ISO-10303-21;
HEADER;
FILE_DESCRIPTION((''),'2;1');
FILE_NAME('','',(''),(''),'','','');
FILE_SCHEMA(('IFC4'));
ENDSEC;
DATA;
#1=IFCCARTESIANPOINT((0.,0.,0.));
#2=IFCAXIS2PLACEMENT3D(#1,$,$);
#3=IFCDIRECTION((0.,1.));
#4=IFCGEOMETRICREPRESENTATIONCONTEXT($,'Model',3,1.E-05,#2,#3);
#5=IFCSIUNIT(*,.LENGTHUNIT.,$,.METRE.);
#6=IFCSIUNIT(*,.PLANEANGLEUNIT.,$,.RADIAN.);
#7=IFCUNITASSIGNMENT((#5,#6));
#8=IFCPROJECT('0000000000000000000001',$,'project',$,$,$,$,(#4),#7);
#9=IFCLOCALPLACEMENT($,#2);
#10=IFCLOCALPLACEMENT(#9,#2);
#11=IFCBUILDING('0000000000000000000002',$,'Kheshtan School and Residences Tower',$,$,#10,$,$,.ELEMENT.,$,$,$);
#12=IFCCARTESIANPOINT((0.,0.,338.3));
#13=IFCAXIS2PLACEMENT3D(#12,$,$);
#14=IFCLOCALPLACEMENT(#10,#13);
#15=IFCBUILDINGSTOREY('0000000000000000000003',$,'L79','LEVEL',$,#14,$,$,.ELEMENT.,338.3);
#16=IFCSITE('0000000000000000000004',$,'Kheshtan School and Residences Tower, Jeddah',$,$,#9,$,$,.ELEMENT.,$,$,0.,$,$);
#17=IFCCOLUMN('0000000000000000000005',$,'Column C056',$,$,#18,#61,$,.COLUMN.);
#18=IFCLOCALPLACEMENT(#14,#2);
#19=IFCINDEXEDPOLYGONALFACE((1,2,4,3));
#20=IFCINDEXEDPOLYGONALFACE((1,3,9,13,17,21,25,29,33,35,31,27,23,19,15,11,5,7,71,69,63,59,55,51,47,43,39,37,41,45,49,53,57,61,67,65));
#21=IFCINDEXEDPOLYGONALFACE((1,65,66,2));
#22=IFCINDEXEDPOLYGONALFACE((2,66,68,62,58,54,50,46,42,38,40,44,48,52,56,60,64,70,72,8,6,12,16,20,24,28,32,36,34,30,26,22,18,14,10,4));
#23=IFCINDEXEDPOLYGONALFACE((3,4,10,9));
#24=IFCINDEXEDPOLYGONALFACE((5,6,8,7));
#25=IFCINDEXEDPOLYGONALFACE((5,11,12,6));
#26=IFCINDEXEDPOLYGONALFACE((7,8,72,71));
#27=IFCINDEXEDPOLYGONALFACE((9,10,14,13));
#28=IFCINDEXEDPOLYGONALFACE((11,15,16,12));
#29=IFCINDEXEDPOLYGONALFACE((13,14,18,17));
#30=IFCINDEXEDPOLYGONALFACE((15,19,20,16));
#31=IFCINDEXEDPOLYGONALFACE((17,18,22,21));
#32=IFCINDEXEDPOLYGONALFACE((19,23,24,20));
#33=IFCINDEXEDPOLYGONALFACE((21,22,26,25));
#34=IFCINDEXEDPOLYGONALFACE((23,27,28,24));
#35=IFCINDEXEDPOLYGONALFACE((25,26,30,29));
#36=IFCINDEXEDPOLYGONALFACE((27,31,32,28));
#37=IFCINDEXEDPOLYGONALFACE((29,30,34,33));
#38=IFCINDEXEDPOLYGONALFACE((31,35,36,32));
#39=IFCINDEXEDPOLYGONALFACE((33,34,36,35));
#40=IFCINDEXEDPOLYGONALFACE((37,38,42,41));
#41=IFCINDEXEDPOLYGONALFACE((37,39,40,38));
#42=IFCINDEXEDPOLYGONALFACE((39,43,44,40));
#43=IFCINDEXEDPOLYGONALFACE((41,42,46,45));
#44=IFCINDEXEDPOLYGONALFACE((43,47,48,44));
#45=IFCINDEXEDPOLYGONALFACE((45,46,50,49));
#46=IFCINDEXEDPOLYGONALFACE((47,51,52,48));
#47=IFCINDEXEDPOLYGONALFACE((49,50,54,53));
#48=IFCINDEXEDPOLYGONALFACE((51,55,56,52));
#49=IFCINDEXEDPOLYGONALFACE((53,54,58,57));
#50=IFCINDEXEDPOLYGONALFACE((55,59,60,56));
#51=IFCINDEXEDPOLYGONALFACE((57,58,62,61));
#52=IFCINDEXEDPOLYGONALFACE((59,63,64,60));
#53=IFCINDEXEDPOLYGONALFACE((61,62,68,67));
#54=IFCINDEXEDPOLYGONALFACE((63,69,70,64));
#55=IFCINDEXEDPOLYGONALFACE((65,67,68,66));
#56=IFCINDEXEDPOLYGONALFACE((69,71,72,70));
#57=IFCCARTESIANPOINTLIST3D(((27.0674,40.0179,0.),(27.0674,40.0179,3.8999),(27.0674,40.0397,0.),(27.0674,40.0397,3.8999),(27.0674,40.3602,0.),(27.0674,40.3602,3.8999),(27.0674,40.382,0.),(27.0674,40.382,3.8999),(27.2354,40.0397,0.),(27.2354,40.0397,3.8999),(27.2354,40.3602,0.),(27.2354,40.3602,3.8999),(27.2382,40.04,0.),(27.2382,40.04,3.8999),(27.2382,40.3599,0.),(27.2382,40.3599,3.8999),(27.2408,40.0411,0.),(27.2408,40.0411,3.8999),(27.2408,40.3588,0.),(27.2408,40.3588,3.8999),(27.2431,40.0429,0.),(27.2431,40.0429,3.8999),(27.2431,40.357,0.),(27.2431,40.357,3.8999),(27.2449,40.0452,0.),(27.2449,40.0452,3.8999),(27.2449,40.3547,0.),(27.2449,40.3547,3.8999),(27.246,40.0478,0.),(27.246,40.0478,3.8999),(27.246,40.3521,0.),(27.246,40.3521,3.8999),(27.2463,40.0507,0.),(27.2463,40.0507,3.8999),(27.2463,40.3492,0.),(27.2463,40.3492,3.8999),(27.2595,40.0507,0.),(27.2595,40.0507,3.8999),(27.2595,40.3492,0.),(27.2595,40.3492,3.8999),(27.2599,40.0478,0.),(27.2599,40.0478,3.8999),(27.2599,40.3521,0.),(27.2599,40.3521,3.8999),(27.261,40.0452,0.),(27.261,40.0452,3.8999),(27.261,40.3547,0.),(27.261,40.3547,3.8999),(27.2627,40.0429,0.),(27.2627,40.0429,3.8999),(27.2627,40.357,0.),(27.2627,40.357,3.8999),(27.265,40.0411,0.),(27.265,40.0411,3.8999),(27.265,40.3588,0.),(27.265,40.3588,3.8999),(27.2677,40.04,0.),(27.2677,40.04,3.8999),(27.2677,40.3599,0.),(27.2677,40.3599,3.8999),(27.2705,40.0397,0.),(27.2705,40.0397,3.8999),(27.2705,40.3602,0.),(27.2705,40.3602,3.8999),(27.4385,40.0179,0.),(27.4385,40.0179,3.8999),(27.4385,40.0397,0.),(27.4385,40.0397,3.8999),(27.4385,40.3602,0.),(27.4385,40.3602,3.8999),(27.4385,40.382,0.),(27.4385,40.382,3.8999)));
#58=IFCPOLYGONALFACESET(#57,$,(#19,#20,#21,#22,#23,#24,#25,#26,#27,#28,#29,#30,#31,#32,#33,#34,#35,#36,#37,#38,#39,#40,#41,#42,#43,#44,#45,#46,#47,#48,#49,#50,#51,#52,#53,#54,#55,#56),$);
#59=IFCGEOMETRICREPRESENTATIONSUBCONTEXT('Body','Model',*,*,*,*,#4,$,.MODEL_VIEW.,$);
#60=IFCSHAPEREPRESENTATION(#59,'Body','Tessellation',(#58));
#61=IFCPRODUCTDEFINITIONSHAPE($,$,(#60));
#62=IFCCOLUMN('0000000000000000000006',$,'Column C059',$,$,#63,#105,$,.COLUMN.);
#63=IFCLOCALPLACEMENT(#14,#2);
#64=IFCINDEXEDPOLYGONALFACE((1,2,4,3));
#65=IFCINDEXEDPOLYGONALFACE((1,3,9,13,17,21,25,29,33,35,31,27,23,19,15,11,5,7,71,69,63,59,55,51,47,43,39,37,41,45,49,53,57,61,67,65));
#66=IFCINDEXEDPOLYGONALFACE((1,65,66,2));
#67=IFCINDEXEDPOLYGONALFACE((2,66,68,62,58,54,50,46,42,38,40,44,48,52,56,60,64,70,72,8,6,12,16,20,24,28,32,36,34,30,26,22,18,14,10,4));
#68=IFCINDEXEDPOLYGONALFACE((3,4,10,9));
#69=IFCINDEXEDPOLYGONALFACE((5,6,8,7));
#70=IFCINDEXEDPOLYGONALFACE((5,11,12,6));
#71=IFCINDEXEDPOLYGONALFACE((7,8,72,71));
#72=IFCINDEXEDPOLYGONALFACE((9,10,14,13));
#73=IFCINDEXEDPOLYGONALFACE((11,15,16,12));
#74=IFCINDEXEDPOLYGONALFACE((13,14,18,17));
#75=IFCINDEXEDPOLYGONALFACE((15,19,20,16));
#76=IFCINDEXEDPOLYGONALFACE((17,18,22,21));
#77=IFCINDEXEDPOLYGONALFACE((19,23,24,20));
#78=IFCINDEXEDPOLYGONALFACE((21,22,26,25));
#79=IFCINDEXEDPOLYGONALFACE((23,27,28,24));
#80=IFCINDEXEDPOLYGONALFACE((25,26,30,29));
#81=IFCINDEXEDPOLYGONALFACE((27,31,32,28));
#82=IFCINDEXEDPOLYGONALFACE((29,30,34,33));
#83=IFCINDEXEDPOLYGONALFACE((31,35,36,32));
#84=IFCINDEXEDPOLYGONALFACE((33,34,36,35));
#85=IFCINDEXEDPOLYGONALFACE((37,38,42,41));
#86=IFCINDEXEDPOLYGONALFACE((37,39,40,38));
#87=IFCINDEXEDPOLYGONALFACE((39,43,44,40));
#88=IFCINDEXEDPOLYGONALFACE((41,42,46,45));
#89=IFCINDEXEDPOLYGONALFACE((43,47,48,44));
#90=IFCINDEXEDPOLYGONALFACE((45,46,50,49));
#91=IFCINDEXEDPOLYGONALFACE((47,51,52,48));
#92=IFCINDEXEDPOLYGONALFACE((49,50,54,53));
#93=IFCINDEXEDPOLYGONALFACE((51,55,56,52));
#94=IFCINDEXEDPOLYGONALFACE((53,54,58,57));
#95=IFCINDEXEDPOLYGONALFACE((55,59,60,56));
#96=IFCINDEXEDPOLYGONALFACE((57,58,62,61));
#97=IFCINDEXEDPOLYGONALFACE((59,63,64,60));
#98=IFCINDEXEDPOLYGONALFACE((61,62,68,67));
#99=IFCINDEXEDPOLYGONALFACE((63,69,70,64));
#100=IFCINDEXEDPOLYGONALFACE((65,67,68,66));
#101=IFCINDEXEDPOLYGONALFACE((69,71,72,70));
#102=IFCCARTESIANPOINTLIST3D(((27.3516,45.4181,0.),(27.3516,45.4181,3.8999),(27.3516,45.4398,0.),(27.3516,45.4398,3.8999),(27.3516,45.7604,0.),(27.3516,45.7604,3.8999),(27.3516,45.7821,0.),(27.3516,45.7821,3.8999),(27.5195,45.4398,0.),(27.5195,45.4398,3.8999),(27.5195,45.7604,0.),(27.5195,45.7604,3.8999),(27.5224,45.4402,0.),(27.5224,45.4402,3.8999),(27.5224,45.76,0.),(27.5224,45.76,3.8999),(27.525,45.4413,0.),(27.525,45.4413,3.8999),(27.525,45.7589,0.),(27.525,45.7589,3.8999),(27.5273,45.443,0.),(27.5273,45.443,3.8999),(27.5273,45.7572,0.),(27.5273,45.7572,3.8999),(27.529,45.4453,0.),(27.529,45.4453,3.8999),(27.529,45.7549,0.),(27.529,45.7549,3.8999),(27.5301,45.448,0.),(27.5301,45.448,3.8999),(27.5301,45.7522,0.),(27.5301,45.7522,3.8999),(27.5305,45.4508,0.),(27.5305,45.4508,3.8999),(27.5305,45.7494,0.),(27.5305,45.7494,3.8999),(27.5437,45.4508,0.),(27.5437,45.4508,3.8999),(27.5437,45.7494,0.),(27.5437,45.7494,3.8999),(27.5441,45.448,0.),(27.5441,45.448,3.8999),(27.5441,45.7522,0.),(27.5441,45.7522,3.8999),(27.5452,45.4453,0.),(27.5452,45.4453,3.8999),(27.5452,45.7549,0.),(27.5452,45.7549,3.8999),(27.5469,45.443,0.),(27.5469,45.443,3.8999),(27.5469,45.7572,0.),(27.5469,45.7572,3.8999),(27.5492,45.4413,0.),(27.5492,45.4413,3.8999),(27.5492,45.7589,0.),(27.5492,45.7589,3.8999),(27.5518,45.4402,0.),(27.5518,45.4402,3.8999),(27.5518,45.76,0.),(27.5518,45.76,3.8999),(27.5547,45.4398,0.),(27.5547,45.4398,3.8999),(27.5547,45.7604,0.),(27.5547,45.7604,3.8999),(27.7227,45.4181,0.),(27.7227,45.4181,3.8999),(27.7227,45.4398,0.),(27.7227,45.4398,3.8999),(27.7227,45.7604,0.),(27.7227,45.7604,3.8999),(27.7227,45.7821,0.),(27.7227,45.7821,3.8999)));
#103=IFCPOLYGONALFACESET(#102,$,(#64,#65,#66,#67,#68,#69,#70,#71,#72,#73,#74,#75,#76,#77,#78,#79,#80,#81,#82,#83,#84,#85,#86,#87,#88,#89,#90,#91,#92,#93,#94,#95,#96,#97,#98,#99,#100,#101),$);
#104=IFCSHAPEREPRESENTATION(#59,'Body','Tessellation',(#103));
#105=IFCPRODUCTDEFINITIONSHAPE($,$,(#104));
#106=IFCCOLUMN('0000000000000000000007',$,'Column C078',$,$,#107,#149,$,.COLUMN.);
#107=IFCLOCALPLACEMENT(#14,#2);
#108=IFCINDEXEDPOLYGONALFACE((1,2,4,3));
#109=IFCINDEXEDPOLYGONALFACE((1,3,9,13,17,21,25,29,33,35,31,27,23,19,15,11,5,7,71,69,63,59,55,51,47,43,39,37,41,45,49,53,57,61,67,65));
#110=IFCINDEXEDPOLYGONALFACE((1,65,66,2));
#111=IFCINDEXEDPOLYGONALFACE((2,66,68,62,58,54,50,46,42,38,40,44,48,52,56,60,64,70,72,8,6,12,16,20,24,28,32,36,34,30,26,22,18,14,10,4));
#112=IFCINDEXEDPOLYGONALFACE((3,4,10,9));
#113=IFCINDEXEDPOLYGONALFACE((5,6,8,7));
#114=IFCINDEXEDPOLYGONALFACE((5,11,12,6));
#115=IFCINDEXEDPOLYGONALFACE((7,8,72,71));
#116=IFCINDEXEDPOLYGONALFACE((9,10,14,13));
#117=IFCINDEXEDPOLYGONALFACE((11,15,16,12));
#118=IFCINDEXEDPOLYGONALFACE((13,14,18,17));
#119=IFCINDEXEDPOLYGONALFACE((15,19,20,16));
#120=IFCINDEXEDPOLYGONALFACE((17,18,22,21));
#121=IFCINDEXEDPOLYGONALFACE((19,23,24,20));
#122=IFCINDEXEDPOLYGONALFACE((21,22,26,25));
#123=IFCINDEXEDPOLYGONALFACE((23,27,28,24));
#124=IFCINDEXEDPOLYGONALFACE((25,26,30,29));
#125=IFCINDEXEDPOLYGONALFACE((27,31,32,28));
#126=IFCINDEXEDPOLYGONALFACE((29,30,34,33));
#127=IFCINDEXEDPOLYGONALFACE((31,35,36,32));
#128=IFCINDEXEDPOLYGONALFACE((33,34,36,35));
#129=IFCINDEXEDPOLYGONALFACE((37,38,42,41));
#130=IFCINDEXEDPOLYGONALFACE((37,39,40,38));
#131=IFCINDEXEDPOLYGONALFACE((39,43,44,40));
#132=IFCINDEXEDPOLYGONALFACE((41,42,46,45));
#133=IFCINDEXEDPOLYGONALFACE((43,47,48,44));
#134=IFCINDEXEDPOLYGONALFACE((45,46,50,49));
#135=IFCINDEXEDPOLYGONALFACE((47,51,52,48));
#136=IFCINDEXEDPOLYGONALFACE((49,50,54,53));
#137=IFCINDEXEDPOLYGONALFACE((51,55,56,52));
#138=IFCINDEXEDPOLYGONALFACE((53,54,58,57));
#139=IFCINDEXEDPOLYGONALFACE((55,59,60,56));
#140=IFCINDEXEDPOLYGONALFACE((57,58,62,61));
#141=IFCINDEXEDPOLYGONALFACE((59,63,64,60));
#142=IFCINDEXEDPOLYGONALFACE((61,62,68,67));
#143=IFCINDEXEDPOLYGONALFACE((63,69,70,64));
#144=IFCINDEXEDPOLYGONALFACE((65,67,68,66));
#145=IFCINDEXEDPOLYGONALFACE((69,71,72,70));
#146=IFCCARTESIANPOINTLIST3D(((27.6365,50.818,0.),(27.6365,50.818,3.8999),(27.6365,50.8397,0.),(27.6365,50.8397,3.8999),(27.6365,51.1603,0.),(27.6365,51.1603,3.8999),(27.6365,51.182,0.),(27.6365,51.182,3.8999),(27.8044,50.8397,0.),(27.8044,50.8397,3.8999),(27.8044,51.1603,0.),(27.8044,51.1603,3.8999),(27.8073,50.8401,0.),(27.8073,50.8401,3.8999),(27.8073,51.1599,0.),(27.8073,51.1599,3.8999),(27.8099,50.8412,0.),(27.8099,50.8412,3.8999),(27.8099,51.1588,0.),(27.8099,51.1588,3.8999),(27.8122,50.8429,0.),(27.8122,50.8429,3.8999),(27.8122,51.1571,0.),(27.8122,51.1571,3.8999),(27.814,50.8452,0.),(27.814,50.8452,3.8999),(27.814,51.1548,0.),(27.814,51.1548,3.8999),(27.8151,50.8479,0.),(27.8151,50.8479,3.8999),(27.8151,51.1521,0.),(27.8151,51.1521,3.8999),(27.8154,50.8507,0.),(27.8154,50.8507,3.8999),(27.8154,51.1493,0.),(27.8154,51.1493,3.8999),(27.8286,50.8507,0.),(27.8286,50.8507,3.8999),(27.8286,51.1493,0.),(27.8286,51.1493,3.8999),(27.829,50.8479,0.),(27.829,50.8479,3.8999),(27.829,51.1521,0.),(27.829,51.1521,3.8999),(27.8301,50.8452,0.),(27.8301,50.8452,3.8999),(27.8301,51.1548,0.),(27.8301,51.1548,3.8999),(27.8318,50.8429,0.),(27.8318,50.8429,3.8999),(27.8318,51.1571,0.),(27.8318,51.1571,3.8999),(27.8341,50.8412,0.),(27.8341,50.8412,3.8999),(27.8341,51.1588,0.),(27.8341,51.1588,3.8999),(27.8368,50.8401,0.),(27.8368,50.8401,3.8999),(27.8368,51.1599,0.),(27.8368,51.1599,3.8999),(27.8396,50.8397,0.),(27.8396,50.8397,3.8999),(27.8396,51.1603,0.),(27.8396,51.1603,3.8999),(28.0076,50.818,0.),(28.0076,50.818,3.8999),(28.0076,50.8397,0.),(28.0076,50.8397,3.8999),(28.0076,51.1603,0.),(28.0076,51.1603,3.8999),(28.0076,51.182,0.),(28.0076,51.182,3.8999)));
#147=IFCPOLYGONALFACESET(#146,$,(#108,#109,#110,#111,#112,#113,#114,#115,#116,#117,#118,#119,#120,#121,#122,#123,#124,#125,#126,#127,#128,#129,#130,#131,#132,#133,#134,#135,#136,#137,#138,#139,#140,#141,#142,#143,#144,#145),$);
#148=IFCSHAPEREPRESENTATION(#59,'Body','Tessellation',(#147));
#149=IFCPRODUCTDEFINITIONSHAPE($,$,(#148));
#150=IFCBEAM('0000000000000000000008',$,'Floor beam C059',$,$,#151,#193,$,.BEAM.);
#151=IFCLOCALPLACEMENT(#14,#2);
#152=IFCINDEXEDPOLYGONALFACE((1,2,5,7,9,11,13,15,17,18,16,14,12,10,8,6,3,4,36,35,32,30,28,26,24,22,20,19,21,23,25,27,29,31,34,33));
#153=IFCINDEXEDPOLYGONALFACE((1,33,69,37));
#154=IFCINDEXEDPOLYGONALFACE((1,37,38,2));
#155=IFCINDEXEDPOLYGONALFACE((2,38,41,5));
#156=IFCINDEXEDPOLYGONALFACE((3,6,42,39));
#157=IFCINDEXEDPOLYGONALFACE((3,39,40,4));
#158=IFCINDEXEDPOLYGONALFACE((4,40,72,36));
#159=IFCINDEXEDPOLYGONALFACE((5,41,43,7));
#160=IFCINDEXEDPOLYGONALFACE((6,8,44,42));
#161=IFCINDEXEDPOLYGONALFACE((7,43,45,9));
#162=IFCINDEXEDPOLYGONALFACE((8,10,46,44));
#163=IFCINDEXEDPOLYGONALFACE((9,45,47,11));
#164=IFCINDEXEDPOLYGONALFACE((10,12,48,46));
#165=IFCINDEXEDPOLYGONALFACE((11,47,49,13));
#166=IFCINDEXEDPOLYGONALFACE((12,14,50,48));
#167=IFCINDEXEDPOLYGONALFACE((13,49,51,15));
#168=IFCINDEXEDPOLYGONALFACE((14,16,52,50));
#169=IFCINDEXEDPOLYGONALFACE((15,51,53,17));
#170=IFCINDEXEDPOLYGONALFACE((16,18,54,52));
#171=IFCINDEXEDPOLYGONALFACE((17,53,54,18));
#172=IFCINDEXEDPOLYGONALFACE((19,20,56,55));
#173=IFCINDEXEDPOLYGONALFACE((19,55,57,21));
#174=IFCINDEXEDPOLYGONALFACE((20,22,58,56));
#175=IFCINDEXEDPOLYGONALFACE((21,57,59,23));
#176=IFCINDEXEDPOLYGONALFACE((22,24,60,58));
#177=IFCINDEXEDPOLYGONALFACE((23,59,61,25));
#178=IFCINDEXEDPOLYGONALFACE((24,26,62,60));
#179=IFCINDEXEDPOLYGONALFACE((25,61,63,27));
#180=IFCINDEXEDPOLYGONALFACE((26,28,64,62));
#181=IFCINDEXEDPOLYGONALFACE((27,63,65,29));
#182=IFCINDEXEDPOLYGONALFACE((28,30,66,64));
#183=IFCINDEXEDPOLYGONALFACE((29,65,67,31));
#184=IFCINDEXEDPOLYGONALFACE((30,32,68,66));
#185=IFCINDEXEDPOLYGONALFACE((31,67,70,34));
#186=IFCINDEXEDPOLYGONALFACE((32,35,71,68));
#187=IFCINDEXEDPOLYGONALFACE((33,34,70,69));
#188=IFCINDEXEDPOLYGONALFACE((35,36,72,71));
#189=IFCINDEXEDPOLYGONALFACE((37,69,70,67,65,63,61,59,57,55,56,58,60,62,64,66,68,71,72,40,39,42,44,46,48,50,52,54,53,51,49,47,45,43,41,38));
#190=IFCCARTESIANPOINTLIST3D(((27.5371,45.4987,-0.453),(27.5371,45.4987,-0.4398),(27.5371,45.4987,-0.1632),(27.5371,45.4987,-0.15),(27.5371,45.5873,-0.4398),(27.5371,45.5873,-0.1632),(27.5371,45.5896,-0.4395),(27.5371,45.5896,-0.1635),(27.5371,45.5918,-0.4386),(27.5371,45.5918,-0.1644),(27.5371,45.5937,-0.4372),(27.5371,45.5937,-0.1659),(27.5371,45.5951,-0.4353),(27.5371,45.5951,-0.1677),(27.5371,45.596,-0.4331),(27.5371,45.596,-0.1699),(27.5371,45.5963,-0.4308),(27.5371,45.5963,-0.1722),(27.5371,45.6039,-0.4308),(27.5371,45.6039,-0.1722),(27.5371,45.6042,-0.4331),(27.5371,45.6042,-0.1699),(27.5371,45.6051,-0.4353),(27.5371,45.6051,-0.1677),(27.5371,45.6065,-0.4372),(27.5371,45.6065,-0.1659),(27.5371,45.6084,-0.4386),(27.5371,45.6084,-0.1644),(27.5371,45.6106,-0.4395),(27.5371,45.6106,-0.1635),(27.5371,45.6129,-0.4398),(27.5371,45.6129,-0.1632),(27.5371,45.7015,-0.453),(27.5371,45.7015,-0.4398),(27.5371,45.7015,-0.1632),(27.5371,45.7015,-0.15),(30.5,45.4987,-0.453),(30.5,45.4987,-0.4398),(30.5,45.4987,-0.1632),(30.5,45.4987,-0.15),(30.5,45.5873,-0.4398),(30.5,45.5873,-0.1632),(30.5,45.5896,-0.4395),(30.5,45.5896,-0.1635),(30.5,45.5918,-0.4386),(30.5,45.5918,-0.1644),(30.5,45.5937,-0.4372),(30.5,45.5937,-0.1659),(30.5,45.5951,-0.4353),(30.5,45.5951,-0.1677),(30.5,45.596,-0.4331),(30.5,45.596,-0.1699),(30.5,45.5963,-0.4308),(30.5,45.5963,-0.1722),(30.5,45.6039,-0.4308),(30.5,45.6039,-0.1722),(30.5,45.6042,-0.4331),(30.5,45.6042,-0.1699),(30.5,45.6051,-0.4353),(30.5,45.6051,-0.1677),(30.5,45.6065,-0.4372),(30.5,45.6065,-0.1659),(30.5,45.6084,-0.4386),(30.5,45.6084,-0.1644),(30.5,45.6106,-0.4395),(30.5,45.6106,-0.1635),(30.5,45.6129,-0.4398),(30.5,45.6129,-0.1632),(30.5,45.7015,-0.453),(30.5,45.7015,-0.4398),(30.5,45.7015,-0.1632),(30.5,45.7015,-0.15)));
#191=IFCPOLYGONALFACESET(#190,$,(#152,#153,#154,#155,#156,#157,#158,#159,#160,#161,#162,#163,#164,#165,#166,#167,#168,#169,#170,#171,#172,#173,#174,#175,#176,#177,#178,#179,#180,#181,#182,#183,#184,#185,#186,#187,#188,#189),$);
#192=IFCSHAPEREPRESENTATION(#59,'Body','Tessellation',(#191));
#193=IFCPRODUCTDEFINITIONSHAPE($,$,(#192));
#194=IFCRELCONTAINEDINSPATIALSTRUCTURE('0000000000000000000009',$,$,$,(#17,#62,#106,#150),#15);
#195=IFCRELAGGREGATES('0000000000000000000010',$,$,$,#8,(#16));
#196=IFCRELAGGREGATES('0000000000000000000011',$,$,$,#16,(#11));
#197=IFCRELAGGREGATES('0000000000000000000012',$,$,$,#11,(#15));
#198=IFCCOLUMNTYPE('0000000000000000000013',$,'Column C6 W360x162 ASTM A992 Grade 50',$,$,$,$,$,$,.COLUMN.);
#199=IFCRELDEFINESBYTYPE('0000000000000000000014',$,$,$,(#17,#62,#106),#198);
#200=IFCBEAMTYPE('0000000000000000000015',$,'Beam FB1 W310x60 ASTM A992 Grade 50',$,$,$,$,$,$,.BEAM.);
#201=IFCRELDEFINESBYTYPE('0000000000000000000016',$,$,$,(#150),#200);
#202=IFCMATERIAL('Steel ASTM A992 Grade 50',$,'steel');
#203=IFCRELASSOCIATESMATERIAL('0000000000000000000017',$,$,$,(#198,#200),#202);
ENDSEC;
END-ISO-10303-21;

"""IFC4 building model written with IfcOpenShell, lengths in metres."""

from ifc_helpers import new_model, si_unit, direction, frame, origin, origin_2d, place, context, subcontext, project, spatial, i_section, extrude, material, material_profile, profile_set, type_object, element, save


model = new_model("IFC4")

# Units and contexts
model_context = context("Model", 3, precision=1e-05, world=origin(), true_north=direction((0.0, 1.0)))
body_context = subcontext(model_context, "Body", "Model", "MODEL_VIEW")
ifc_project = project(units=[si_unit("LENGTHUNIT", "METRE"), si_unit("PLANEANGLEUNIT", "RADIAN")], contexts=[model_context])

# Site, building, storey
site_placement = place(None, origin())
site = spatial("IfcSite", under=ifc_project, at=site_placement, Name="Kheshtan School and Residences Tower, Jeddah", CompositionType="ELEMENT", RefElevation=0.0)
building_placement = place(site_placement, origin())
building = spatial("IfcBuilding", under=site, at=building_placement, Name="Kheshtan School and Residences Tower", CompositionType="ELEMENT")
storey_placement = place(building_placement, frame((0.0, 0.0, 338.3)))
storey = spatial("IfcBuildingStorey", under=building, at=storey_placement, Name="L79", Description="LEVEL", CompositionType="ELEMENT", Elevation=338.3)

# Columns
ifc_material_1 = material(Name="Steel ASTM A992 Grade 50", Category="steel")
ifc_material_profile_1 = material_profile(ifc_material_1, i_section(OverallWidth=0.3711, OverallDepth=0.364, WebThickness=0.0132, FlangeThickness=0.0217, FilletRadius=0.011, at=origin_2d()), Name="W360x162")
ifc_profile_set_1 = profile_set([ifc_material_profile_1], Name="Steel ASTM A992 Grade 50")
column_type = type_object("IfcColumnType", Name="Column C6 W360x162 ASTM A992 Grade 50", PredefinedType="COLUMN", material=ifc_profile_set_1)
for number, where, z_axis, x_axis, name in (
    (1, (27.2529, 40.2, 0.0), (0.0, 0.0, 1.0), (1.0, 0.0, 0.0), "Column C056"),
    (2, (27.5371, 45.6001, 0.0), (0.0, 0.0, 1.0), (1.0, 0.0, 0.0), "Column C059"),
    (3, (27.822, 51.0, 0.0), (0.0, 0.0, 1.0), (1.0, 0.0, 0.0), "Column C078"),
):
    element("IfcColumn", number, at=place(storey_placement, frame(where, z_axis=z_axis, x_axis=x_axis)), inside=storey, type_object=column_type, Name=name, PredefinedType="COLUMN", context=body_context, shape_type="SweptSolid", body=[
        extrude(i_section(OverallWidth=0.3711, OverallDepth=0.364, WebThickness=0.0132, FlangeThickness=0.0217, FilletRadius=0.011, at=origin_2d()), origin(), (0.0, 0.0, 1.0), 3.8999),
    ])

# Beam
ifc_material_profile_2 = material_profile(ifc_material_1, i_section(OverallWidth=0.2029, OverallDepth=0.303, WebThickness=0.0076, FlangeThickness=0.0132, FilletRadius=0.009, at=origin_2d()), Name="W310x60")
ifc_profile_set_2 = profile_set([ifc_material_profile_2], Name="Steel ASTM A992 Grade 50")
beam_type_1 = type_object("IfcBeamType", Name="Beam FB1 W310x60 ASTM A992 Grade 50", PredefinedType="BEAM", material=ifc_profile_set_2)
beam_1_placement = place(storey_placement, frame((27.5371, 45.6001, -0.3015), z_axis=(1.0, 0.0, 0.0), x_axis=(0.0, 1.0, 0.0)))
element("IfcBeam", 4, at=beam_1_placement, inside=storey, type_object=beam_type_1, Name="Floor beam C059", PredefinedType="BEAM", context=body_context, shape_type="SweptSolid", body=[
    extrude(i_section(OverallWidth=0.2029, OverallDepth=0.303, WebThickness=0.0076, FlangeThickness=0.0132, FilletRadius=0.009, at=origin_2d()), origin(), (0.0, 0.0, 1.0), 2.9629),
])

save(model, "model.ifc")
